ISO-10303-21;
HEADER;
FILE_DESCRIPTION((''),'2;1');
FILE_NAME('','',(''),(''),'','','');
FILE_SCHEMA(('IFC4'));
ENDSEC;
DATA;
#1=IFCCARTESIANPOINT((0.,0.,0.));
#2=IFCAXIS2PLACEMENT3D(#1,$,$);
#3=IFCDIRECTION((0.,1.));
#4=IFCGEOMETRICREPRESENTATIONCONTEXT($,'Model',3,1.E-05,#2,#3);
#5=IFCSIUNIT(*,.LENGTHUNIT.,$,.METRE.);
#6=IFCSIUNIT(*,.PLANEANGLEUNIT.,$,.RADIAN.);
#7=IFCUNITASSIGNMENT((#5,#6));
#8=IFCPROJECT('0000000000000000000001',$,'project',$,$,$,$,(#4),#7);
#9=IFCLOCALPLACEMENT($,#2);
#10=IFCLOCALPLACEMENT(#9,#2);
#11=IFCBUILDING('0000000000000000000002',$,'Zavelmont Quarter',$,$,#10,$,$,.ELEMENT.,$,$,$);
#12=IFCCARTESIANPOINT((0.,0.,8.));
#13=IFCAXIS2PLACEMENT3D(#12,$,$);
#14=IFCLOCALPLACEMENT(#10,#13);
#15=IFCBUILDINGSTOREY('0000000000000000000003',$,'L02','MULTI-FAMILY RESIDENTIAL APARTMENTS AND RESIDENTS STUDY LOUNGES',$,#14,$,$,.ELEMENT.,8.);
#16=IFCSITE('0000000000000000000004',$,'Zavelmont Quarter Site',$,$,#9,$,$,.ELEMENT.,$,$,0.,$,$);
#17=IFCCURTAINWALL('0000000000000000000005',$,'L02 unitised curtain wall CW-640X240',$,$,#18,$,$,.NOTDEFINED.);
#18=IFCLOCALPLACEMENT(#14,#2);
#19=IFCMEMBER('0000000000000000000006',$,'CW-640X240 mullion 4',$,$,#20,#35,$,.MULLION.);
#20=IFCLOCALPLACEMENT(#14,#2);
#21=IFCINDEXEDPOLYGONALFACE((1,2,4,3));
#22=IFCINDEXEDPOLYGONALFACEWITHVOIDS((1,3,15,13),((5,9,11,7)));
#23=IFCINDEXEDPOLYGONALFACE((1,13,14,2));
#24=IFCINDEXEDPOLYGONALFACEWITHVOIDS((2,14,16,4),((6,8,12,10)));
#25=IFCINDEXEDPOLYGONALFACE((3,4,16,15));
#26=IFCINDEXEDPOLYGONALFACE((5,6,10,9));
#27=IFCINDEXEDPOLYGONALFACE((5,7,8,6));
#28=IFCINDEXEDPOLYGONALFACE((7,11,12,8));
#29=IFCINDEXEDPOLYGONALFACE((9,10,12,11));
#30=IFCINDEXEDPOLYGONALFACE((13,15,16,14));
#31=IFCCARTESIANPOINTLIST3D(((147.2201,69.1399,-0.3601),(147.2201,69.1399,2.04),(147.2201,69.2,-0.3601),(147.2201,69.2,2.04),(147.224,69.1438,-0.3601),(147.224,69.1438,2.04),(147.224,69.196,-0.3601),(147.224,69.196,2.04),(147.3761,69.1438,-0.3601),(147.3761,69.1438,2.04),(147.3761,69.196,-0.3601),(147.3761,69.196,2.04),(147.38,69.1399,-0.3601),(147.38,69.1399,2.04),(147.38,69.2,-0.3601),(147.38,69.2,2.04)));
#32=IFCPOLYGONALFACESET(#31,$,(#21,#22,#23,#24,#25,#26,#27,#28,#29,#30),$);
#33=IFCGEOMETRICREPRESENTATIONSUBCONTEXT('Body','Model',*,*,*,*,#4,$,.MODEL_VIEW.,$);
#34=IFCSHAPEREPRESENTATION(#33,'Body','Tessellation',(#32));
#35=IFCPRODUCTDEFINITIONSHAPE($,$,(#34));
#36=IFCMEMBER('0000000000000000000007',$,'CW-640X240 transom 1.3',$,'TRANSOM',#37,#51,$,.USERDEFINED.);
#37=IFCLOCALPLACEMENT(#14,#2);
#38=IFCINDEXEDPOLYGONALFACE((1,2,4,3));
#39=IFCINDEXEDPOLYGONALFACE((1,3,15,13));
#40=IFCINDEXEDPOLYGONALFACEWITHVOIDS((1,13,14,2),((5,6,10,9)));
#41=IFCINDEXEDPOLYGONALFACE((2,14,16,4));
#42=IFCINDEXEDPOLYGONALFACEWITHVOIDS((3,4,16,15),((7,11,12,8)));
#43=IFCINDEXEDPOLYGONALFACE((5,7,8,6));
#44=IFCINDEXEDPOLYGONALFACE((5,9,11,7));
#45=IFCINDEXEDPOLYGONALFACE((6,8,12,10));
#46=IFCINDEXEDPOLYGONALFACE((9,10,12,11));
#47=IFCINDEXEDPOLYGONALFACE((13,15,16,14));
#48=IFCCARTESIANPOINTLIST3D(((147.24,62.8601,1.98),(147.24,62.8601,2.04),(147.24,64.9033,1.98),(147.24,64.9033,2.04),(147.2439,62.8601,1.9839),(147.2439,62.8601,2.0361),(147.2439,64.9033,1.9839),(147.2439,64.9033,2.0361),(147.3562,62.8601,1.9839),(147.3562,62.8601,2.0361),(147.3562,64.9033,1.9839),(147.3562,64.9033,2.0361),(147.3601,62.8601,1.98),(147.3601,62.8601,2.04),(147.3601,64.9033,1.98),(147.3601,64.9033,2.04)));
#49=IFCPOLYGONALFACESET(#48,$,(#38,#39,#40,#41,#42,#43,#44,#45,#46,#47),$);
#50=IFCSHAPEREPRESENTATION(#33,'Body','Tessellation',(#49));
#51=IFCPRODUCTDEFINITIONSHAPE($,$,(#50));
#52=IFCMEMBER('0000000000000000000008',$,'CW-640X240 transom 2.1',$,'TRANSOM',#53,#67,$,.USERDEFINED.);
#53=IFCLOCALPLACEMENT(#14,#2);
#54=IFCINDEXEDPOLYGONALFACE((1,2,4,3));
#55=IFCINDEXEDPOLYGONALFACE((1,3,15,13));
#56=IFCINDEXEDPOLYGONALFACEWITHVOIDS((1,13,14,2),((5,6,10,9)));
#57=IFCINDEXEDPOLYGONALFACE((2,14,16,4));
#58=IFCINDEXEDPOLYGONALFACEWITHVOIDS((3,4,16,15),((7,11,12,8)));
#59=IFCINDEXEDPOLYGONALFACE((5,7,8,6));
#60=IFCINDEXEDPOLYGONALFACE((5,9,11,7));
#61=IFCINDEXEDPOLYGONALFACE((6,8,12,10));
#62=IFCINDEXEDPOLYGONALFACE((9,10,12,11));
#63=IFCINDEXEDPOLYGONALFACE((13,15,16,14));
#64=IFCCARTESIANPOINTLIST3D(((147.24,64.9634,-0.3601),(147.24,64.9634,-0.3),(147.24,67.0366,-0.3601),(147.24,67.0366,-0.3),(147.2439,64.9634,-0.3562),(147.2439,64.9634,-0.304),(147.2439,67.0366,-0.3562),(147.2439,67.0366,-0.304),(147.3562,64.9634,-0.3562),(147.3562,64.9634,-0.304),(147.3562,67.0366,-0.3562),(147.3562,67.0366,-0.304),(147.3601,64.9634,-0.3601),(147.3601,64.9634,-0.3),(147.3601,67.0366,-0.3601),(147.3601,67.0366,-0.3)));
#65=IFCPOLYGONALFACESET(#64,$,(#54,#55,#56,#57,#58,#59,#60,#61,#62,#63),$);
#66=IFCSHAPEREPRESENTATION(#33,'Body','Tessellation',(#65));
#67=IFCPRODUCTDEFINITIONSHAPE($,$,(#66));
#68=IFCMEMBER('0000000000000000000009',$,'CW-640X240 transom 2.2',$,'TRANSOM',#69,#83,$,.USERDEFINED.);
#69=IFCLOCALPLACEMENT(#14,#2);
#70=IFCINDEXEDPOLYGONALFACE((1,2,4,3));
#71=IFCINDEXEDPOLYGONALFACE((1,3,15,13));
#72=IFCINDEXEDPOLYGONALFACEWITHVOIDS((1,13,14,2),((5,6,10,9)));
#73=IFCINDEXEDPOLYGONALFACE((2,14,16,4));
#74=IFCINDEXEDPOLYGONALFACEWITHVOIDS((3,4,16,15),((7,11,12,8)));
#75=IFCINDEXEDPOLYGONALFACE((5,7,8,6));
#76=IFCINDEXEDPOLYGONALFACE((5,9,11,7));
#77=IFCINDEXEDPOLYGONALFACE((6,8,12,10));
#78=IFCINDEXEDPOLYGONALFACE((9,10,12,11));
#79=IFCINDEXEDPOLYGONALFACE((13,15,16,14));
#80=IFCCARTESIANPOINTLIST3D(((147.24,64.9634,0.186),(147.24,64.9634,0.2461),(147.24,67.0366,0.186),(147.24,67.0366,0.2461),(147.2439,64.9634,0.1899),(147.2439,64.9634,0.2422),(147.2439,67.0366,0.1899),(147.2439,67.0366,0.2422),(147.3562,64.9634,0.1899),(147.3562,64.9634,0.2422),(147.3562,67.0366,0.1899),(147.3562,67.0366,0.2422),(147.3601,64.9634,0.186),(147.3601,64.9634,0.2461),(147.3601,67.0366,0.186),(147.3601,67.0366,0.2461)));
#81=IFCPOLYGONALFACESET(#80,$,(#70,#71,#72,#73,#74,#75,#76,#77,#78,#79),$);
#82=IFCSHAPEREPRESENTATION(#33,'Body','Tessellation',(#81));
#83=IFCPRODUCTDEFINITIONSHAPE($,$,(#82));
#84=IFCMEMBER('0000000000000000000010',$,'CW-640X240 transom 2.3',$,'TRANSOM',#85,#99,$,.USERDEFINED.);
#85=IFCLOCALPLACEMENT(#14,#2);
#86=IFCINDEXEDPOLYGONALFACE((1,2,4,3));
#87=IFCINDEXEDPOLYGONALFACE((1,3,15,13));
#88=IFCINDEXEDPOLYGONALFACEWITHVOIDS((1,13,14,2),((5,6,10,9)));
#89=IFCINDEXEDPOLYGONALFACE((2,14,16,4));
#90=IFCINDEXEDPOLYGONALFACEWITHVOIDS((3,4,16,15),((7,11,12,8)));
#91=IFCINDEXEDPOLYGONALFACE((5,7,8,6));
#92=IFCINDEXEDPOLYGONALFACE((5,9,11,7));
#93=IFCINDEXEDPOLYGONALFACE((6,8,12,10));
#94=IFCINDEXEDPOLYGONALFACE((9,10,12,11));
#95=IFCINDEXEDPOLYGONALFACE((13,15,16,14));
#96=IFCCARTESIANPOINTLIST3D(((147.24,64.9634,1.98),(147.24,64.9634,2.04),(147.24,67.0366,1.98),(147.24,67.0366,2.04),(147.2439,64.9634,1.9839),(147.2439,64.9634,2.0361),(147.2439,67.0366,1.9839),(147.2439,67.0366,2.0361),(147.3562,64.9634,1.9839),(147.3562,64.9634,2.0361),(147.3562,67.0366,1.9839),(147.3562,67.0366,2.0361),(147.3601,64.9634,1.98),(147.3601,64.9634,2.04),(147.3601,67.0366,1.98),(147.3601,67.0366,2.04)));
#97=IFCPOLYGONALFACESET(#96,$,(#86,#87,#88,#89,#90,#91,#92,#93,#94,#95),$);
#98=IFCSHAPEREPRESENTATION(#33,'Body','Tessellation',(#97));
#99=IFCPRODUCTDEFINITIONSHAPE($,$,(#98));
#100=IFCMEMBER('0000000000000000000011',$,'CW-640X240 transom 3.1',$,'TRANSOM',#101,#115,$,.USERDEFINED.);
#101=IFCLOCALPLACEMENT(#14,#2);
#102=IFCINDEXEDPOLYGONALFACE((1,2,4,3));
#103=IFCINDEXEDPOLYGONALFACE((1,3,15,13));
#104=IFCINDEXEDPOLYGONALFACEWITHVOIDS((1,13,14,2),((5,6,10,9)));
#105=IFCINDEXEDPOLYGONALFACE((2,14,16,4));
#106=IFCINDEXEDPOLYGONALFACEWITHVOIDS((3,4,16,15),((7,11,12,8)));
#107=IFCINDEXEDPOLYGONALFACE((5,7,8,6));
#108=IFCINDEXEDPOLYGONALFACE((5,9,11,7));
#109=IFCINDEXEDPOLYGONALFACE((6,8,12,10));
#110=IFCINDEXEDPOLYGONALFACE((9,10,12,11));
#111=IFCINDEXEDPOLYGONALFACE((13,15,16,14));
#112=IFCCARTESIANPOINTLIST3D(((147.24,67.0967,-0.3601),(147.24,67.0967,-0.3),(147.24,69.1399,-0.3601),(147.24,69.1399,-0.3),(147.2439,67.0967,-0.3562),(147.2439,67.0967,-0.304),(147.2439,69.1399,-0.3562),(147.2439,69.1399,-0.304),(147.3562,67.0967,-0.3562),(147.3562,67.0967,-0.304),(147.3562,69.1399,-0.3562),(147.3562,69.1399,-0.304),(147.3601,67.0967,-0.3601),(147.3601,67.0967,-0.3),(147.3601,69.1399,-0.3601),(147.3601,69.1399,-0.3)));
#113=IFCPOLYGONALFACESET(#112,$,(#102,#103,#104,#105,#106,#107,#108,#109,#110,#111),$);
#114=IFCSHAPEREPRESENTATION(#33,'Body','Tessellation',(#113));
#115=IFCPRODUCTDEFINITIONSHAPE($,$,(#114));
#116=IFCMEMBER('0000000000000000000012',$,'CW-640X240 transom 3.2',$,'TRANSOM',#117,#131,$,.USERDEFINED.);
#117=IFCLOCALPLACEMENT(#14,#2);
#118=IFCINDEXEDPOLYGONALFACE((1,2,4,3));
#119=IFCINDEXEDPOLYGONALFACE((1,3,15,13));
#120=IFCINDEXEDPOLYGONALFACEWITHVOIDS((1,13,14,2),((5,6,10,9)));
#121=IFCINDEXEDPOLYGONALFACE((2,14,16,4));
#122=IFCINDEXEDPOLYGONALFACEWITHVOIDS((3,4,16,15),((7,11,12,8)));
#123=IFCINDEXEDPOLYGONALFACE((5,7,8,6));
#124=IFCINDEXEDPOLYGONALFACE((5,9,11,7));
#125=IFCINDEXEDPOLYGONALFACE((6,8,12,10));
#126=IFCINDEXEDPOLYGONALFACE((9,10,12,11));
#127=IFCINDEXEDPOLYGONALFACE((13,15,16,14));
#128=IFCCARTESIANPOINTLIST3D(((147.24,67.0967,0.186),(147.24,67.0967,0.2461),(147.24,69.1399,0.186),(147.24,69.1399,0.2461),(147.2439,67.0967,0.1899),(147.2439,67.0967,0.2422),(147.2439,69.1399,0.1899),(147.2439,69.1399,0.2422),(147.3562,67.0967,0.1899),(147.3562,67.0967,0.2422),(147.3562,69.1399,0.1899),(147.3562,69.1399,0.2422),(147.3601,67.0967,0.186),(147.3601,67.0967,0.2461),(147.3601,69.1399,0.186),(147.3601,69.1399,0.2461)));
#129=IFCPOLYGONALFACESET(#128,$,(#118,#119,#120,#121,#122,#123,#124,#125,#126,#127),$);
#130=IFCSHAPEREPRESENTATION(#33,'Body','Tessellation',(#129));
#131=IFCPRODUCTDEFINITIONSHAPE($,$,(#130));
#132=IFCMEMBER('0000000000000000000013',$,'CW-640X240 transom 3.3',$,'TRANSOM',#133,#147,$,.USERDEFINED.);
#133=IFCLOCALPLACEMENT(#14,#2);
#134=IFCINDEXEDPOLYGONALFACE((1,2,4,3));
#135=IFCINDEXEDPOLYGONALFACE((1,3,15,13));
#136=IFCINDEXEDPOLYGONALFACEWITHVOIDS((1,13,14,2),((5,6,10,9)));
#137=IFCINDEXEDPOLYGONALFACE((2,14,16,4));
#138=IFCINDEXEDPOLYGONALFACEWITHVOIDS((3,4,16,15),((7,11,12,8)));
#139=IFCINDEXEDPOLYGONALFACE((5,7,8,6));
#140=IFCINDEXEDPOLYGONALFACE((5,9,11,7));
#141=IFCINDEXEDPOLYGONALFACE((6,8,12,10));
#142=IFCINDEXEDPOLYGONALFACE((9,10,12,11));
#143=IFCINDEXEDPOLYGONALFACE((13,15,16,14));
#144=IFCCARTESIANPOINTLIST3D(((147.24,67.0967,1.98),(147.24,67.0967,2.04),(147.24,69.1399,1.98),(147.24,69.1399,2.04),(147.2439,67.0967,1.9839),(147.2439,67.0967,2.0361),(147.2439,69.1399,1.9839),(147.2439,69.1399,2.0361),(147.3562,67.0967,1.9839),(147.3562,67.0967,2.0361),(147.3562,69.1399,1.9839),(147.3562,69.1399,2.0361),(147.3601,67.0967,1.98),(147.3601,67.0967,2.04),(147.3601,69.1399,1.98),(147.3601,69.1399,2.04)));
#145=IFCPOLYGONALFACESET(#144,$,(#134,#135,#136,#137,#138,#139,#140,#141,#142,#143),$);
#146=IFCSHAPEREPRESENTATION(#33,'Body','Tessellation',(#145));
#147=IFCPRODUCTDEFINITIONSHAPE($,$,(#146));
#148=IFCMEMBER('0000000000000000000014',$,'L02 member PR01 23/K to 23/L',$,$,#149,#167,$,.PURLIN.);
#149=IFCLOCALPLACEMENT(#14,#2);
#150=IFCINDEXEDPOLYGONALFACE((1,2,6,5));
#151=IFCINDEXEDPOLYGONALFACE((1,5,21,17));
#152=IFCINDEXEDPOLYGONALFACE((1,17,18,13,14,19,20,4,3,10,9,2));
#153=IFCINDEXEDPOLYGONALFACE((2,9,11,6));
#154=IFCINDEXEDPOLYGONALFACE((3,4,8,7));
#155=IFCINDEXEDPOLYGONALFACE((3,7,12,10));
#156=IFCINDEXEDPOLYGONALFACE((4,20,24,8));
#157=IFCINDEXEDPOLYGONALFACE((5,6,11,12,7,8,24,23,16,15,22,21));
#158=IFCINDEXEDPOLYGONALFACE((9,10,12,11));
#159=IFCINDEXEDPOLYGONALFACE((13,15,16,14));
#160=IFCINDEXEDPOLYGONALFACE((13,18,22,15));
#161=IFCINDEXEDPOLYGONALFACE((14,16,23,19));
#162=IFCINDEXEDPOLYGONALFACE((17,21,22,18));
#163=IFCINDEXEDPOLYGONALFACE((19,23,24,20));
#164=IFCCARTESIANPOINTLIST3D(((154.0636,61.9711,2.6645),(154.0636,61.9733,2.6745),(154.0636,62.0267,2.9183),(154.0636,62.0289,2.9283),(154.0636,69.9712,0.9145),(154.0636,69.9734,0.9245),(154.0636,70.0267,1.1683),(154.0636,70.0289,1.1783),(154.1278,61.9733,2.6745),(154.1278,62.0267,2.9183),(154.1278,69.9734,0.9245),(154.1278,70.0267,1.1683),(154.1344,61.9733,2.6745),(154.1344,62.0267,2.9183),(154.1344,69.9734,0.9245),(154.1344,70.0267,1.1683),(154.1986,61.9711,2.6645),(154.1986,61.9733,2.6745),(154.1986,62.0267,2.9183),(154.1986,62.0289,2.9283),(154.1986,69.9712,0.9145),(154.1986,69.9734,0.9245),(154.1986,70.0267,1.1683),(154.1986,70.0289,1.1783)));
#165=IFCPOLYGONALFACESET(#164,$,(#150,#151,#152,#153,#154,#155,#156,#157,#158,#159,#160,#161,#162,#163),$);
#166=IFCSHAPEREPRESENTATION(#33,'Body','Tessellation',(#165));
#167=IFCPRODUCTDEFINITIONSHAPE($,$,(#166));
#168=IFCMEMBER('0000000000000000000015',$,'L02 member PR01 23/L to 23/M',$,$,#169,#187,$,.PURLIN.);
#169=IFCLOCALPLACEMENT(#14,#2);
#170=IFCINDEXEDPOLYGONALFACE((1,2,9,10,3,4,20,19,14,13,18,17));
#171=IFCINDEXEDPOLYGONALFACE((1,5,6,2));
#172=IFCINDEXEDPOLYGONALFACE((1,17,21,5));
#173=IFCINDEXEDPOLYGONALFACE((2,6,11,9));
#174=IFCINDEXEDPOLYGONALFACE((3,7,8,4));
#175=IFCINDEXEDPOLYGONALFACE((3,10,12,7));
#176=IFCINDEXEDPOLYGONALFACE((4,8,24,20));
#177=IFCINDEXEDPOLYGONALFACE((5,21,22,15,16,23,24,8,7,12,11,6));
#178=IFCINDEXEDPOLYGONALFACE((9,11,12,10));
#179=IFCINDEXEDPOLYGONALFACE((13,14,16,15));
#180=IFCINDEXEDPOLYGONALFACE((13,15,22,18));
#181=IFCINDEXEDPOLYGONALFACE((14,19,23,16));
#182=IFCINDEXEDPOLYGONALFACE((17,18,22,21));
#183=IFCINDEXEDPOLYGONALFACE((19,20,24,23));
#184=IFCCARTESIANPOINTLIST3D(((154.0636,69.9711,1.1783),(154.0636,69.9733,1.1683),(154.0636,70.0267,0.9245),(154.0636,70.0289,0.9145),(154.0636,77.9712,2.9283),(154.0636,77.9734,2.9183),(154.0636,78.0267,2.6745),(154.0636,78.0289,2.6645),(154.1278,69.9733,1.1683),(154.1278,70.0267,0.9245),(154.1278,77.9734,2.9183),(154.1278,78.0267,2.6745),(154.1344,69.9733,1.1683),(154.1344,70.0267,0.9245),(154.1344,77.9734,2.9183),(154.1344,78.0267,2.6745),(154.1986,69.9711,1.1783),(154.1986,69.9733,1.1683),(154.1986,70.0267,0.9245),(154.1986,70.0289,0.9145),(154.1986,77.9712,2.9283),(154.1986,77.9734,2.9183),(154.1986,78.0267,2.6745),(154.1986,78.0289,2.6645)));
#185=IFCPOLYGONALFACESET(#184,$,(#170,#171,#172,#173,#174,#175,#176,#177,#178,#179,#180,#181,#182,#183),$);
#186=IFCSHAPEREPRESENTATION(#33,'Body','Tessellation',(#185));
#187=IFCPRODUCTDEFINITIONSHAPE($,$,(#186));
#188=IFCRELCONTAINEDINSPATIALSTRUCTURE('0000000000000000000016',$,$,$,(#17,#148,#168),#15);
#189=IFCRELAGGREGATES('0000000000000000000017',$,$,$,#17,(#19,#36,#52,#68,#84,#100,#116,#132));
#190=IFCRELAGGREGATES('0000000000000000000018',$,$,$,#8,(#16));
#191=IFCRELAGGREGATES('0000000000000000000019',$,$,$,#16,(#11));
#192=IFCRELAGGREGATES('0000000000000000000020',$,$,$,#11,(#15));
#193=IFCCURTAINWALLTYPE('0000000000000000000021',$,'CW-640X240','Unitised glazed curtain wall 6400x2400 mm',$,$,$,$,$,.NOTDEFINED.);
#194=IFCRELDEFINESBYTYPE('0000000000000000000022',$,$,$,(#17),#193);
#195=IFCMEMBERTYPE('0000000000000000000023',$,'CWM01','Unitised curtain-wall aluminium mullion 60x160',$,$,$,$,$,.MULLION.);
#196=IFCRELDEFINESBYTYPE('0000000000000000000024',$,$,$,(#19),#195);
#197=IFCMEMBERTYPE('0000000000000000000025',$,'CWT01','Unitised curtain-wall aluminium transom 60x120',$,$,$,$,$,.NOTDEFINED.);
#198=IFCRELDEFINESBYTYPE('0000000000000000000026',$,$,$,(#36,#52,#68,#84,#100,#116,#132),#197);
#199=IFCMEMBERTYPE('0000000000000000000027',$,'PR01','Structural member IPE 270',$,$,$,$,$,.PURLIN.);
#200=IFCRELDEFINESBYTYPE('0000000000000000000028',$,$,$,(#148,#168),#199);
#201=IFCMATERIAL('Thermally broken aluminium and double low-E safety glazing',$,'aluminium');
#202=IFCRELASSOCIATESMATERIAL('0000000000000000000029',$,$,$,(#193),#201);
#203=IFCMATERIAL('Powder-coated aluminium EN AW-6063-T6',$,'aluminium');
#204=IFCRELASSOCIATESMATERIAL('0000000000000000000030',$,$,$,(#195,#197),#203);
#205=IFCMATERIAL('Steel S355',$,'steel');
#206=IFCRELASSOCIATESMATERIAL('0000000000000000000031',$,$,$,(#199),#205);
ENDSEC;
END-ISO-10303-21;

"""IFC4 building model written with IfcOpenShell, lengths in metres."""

from ifc_helpers import new_model, si_unit, direction, frame, origin, origin_2d, place, context, subcontext, project, spatial, hollow_rectangle, i_section, extrude, material, material_profile, profile_set, type_object, element, aggregate, save


model = new_model("IFC4")

# Units and contexts
model_context = context("Model", 3, precision=1e-05, world=origin(), true_north=direction((0.0, 1.0)))
body_context = subcontext(model_context, "Body", "Model", "MODEL_VIEW")
ifc_project = project(units=[si_unit("LENGTHUNIT", "METRE"), si_unit("PLANEANGLEUNIT", "RADIAN")], contexts=[model_context])

# Site, building, storey
site_placement = place(None, origin())
site = spatial("IfcSite", under=ifc_project, at=site_placement, Name="Zavelmont Quarter Site", CompositionType="ELEMENT", RefElevation=0.0)
building_placement = place(site_placement, origin())
building = spatial("IfcBuilding", under=site, at=building_placement, Name="Zavelmont Quarter", CompositionType="ELEMENT")
storey_placement = place(building_placement, frame((0.0, 0.0, 8.0)))
storey = spatial("IfcBuildingStorey", under=building, at=storey_placement, Name="L02", Description="MULTI-FAMILY RESIDENTIAL APARTMENTS AND RESIDENTS STUDY LOUNGES", CompositionType="ELEMENT", Elevation=8.0)

# Shared definitions
ifc_material_1 = material(Name="Steel S355", Category="steel")

# Curtain wall, members
ifc_material_2 = material(Name="Thermally broken aluminium and double low-E safety glazing", Category="aluminium")
curtain_wall_type = type_object("IfcCurtainWallType", Name="CW-640X240", Description="Unitised glazed curtain wall 6400x2400 mm", PredefinedType="NOTDEFINED", material=ifc_material_2)
curtain_wall_placement = place(storey_placement, origin())
curtain_wall = element("IfcCurtainWall", 1, at=curtain_wall_placement, inside=storey, type_object=curtain_wall_type, Name="L02 unitised curtain wall CW-640X240", PredefinedType="NOTDEFINED")
ifc_material_3 = material(Name="Powder-coated aluminium EN AW-6063-T6", Category="aluminium")
ifc_material_profile_1 = material_profile(ifc_material_3, hollow_rectangle(XDim=0.0601, YDim=0.1599, WallThickness=0.0039, at=origin_2d()), Name="CWM60X160")
ifc_profile_set_1 = profile_set([ifc_material_profile_1], Name="Powder-coated aluminium EN AW-6063-T6")
member_type_1 = type_object("IfcMemberType", Name="CWM01", Description="Unitised curtain-wall aluminium mullion 60x160", PredefinedType="MULLION", material=ifc_profile_set_1)
member_1_placement = place(storey_placement, frame((147.3, 69.1699, -0.3601), z_axis=(0.0, 0.0, 1.0), x_axis=(0.0, 1.0, 0.0)))
member_1 = element("IfcMember", 2, at=member_1_placement, type_object=member_type_1, Name="CW-640X240 mullion 4", PredefinedType="MULLION", context=body_context, shape_type="SweptSolid", body=[
    extrude(hollow_rectangle(XDim=0.0601, YDim=0.1599, WallThickness=0.0039, at=origin_2d()), origin(), (0.0, 0.0, 1.0), 2.4001),
])
ifc_material_profile_2 = material_profile(ifc_material_3, hollow_rectangle(XDim=0.1201, YDim=0.0601, WallThickness=0.0039, at=origin_2d()), Name="CWT60X120")
ifc_profile_set_2 = profile_set([ifc_material_profile_2], Name="Powder-coated aluminium EN AW-6063-T6")
member_type_2 = type_object("IfcMemberType", Name="CWT01", Description="Unitised curtain-wall aluminium transom 60x120", PredefinedType="NOTDEFINED", material=ifc_profile_set_2)
member_2_placement = place(storey_placement, frame((147.3, 62.8601, 2.01), z_axis=(0.0, 1.0, 0.0), x_axis=(-1.0, 0.0, 0.0)))
member_2 = element("IfcMember", 3, at=member_2_placement, type_object=member_type_2, Name="CW-640X240 transom 1.3", ObjectType="TRANSOM", PredefinedType="USERDEFINED", context=body_context, shape_type="SweptSolid", body=[
    extrude(hollow_rectangle(XDim=0.1201, YDim=0.0601, WallThickness=0.0039, at=origin_2d()), origin(), (0.0, 0.0, 1.0), 2.0432),
])
member_3_placement = place(storey_placement, frame((147.3, 64.9634, -0.3301), z_axis=(0.0, 1.0, 0.0), x_axis=(-1.0, 0.0, 0.0)))
member_3 = element("IfcMember", 4, at=member_3_placement, type_object=member_type_2, Name="CW-640X240 transom 2.1", ObjectType="TRANSOM", PredefinedType="USERDEFINED", context=body_context, shape_type="SweptSolid", body=[
    extrude(hollow_rectangle(XDim=0.1201, YDim=0.0601, WallThickness=0.0039, at=origin_2d()), origin(), (0.0, 0.0, 1.0), 2.0732),
])
member_4_placement = place(storey_placement, frame((147.3, 64.9634, 0.2161), z_axis=(0.0, 1.0, 0.0), x_axis=(-1.0, 0.0, 0.0)))
member_4 = element("IfcMember", 5, at=member_4_placement, type_object=member_type_2, Name="CW-640X240 transom 2.2", ObjectType="TRANSOM", PredefinedType="USERDEFINED", context=body_context, shape_type="SweptSolid", body=[
    extrude(hollow_rectangle(XDim=0.1201, YDim=0.0601, WallThickness=0.0039, at=origin_2d()), origin(), (0.0, 0.0, 1.0), 2.0732),
])
member_5_placement = place(storey_placement, frame((147.3, 64.9634, 2.01), z_axis=(0.0, 1.0, 0.0), x_axis=(-1.0, 0.0, 0.0)))
member_5 = element("IfcMember", 6, at=member_5_placement, type_object=member_type_2, Name="CW-640X240 transom 2.3", ObjectType="TRANSOM", PredefinedType="USERDEFINED", context=body_context, shape_type="SweptSolid", body=[
    extrude(hollow_rectangle(XDim=0.1201, YDim=0.0601, WallThickness=0.0039, at=origin_2d()), origin(), (0.0, 0.0, 1.0), 2.0732),
])
member_6_placement = place(storey_placement, frame((147.3, 67.0967, -0.3301), z_axis=(0.0, 1.0, 0.0), x_axis=(-1.0, 0.0, 0.0)))
member_6 = element("IfcMember", 7, at=member_6_placement, type_object=member_type_2, Name="CW-640X240 transom 3.1", ObjectType="TRANSOM", PredefinedType="USERDEFINED", context=body_context, shape_type="SweptSolid", body=[
    extrude(hollow_rectangle(XDim=0.1201, YDim=0.0601, WallThickness=0.0039, at=origin_2d()), origin(), (0.0, 0.0, 1.0), 2.0432),
])
member_7_placement = place(storey_placement, frame((147.3, 67.0967, 0.2161), z_axis=(0.0, 1.0, 0.0), x_axis=(-1.0, 0.0, 0.0)))
member_7 = element("IfcMember", 8, at=member_7_placement, type_object=member_type_2, Name="CW-640X240 transom 3.2", ObjectType="TRANSOM", PredefinedType="USERDEFINED", context=body_context, shape_type="SweptSolid", body=[
    extrude(hollow_rectangle(XDim=0.1201, YDim=0.0601, WallThickness=0.0039, at=origin_2d()), origin(), (0.0, 0.0, 1.0), 2.0432),
])
member_8_placement = place(storey_placement, frame((147.3, 67.0967, 2.01), z_axis=(0.0, 1.0, 0.0), x_axis=(-1.0, 0.0, 0.0)))
member_8 = element("IfcMember", 9, at=member_8_placement, type_object=member_type_2, Name="CW-640X240 transom 3.3", ObjectType="TRANSOM", PredefinedType="USERDEFINED", context=body_context, shape_type="SweptSolid", body=[
    extrude(hollow_rectangle(XDim=0.1201, YDim=0.0601, WallThickness=0.0039, at=origin_2d()), origin(), (0.0, 0.0, 1.0), 2.0432),
])

# Members
ifc_material_profile_3 = material_profile(ifc_material_1, i_section(OverallWidth=0.135, OverallDepth=0.27, WebThickness=0.0066, FlangeThickness=0.0103, at=origin_2d()), Name="IPE 270")
ifc_profile_set_3 = profile_set([ifc_material_profile_3], Name="Steel S355")
member_type_3 = type_object("IfcMemberType", Name="PR01", Description="Structural member IPE 270", PredefinedType="PURLIN", material=ifc_profile_set_3)
for number, where, z_axis, x_axis, name in (
    (10, (154.1311, 62.0, 2.7964), (0.0, 0.9769, -0.213697), (-1.0, 0.0, 0.0), "L02 member PR01 23/K to 23/L"),
    (11, (154.1311, 70.0, 1.0464), (0.0, 0.9769, 0.213697), (-1.0, 0.0, 0.0), "L02 member PR01 23/L to 23/M"),
):
    element("IfcMember", number, at=place(storey_placement, frame(where, z_axis=z_axis, x_axis=x_axis)), inside=storey, type_object=member_type_3, Name=name, PredefinedType="PURLIN", context=body_context, shape_type="SweptSolid", body=[
        extrude(i_section(OverallWidth=0.135, OverallDepth=0.27, WebThickness=0.0066, FlangeThickness=0.0103, at=origin_2d()), origin(), (0.0, 0.0, 1.0), 8.1892),
    ])

aggregate(curtain_wall, [member_1, member_2, member_3, member_4, member_5, member_6, member_7, member_8])

save(model, "model.ifc")
